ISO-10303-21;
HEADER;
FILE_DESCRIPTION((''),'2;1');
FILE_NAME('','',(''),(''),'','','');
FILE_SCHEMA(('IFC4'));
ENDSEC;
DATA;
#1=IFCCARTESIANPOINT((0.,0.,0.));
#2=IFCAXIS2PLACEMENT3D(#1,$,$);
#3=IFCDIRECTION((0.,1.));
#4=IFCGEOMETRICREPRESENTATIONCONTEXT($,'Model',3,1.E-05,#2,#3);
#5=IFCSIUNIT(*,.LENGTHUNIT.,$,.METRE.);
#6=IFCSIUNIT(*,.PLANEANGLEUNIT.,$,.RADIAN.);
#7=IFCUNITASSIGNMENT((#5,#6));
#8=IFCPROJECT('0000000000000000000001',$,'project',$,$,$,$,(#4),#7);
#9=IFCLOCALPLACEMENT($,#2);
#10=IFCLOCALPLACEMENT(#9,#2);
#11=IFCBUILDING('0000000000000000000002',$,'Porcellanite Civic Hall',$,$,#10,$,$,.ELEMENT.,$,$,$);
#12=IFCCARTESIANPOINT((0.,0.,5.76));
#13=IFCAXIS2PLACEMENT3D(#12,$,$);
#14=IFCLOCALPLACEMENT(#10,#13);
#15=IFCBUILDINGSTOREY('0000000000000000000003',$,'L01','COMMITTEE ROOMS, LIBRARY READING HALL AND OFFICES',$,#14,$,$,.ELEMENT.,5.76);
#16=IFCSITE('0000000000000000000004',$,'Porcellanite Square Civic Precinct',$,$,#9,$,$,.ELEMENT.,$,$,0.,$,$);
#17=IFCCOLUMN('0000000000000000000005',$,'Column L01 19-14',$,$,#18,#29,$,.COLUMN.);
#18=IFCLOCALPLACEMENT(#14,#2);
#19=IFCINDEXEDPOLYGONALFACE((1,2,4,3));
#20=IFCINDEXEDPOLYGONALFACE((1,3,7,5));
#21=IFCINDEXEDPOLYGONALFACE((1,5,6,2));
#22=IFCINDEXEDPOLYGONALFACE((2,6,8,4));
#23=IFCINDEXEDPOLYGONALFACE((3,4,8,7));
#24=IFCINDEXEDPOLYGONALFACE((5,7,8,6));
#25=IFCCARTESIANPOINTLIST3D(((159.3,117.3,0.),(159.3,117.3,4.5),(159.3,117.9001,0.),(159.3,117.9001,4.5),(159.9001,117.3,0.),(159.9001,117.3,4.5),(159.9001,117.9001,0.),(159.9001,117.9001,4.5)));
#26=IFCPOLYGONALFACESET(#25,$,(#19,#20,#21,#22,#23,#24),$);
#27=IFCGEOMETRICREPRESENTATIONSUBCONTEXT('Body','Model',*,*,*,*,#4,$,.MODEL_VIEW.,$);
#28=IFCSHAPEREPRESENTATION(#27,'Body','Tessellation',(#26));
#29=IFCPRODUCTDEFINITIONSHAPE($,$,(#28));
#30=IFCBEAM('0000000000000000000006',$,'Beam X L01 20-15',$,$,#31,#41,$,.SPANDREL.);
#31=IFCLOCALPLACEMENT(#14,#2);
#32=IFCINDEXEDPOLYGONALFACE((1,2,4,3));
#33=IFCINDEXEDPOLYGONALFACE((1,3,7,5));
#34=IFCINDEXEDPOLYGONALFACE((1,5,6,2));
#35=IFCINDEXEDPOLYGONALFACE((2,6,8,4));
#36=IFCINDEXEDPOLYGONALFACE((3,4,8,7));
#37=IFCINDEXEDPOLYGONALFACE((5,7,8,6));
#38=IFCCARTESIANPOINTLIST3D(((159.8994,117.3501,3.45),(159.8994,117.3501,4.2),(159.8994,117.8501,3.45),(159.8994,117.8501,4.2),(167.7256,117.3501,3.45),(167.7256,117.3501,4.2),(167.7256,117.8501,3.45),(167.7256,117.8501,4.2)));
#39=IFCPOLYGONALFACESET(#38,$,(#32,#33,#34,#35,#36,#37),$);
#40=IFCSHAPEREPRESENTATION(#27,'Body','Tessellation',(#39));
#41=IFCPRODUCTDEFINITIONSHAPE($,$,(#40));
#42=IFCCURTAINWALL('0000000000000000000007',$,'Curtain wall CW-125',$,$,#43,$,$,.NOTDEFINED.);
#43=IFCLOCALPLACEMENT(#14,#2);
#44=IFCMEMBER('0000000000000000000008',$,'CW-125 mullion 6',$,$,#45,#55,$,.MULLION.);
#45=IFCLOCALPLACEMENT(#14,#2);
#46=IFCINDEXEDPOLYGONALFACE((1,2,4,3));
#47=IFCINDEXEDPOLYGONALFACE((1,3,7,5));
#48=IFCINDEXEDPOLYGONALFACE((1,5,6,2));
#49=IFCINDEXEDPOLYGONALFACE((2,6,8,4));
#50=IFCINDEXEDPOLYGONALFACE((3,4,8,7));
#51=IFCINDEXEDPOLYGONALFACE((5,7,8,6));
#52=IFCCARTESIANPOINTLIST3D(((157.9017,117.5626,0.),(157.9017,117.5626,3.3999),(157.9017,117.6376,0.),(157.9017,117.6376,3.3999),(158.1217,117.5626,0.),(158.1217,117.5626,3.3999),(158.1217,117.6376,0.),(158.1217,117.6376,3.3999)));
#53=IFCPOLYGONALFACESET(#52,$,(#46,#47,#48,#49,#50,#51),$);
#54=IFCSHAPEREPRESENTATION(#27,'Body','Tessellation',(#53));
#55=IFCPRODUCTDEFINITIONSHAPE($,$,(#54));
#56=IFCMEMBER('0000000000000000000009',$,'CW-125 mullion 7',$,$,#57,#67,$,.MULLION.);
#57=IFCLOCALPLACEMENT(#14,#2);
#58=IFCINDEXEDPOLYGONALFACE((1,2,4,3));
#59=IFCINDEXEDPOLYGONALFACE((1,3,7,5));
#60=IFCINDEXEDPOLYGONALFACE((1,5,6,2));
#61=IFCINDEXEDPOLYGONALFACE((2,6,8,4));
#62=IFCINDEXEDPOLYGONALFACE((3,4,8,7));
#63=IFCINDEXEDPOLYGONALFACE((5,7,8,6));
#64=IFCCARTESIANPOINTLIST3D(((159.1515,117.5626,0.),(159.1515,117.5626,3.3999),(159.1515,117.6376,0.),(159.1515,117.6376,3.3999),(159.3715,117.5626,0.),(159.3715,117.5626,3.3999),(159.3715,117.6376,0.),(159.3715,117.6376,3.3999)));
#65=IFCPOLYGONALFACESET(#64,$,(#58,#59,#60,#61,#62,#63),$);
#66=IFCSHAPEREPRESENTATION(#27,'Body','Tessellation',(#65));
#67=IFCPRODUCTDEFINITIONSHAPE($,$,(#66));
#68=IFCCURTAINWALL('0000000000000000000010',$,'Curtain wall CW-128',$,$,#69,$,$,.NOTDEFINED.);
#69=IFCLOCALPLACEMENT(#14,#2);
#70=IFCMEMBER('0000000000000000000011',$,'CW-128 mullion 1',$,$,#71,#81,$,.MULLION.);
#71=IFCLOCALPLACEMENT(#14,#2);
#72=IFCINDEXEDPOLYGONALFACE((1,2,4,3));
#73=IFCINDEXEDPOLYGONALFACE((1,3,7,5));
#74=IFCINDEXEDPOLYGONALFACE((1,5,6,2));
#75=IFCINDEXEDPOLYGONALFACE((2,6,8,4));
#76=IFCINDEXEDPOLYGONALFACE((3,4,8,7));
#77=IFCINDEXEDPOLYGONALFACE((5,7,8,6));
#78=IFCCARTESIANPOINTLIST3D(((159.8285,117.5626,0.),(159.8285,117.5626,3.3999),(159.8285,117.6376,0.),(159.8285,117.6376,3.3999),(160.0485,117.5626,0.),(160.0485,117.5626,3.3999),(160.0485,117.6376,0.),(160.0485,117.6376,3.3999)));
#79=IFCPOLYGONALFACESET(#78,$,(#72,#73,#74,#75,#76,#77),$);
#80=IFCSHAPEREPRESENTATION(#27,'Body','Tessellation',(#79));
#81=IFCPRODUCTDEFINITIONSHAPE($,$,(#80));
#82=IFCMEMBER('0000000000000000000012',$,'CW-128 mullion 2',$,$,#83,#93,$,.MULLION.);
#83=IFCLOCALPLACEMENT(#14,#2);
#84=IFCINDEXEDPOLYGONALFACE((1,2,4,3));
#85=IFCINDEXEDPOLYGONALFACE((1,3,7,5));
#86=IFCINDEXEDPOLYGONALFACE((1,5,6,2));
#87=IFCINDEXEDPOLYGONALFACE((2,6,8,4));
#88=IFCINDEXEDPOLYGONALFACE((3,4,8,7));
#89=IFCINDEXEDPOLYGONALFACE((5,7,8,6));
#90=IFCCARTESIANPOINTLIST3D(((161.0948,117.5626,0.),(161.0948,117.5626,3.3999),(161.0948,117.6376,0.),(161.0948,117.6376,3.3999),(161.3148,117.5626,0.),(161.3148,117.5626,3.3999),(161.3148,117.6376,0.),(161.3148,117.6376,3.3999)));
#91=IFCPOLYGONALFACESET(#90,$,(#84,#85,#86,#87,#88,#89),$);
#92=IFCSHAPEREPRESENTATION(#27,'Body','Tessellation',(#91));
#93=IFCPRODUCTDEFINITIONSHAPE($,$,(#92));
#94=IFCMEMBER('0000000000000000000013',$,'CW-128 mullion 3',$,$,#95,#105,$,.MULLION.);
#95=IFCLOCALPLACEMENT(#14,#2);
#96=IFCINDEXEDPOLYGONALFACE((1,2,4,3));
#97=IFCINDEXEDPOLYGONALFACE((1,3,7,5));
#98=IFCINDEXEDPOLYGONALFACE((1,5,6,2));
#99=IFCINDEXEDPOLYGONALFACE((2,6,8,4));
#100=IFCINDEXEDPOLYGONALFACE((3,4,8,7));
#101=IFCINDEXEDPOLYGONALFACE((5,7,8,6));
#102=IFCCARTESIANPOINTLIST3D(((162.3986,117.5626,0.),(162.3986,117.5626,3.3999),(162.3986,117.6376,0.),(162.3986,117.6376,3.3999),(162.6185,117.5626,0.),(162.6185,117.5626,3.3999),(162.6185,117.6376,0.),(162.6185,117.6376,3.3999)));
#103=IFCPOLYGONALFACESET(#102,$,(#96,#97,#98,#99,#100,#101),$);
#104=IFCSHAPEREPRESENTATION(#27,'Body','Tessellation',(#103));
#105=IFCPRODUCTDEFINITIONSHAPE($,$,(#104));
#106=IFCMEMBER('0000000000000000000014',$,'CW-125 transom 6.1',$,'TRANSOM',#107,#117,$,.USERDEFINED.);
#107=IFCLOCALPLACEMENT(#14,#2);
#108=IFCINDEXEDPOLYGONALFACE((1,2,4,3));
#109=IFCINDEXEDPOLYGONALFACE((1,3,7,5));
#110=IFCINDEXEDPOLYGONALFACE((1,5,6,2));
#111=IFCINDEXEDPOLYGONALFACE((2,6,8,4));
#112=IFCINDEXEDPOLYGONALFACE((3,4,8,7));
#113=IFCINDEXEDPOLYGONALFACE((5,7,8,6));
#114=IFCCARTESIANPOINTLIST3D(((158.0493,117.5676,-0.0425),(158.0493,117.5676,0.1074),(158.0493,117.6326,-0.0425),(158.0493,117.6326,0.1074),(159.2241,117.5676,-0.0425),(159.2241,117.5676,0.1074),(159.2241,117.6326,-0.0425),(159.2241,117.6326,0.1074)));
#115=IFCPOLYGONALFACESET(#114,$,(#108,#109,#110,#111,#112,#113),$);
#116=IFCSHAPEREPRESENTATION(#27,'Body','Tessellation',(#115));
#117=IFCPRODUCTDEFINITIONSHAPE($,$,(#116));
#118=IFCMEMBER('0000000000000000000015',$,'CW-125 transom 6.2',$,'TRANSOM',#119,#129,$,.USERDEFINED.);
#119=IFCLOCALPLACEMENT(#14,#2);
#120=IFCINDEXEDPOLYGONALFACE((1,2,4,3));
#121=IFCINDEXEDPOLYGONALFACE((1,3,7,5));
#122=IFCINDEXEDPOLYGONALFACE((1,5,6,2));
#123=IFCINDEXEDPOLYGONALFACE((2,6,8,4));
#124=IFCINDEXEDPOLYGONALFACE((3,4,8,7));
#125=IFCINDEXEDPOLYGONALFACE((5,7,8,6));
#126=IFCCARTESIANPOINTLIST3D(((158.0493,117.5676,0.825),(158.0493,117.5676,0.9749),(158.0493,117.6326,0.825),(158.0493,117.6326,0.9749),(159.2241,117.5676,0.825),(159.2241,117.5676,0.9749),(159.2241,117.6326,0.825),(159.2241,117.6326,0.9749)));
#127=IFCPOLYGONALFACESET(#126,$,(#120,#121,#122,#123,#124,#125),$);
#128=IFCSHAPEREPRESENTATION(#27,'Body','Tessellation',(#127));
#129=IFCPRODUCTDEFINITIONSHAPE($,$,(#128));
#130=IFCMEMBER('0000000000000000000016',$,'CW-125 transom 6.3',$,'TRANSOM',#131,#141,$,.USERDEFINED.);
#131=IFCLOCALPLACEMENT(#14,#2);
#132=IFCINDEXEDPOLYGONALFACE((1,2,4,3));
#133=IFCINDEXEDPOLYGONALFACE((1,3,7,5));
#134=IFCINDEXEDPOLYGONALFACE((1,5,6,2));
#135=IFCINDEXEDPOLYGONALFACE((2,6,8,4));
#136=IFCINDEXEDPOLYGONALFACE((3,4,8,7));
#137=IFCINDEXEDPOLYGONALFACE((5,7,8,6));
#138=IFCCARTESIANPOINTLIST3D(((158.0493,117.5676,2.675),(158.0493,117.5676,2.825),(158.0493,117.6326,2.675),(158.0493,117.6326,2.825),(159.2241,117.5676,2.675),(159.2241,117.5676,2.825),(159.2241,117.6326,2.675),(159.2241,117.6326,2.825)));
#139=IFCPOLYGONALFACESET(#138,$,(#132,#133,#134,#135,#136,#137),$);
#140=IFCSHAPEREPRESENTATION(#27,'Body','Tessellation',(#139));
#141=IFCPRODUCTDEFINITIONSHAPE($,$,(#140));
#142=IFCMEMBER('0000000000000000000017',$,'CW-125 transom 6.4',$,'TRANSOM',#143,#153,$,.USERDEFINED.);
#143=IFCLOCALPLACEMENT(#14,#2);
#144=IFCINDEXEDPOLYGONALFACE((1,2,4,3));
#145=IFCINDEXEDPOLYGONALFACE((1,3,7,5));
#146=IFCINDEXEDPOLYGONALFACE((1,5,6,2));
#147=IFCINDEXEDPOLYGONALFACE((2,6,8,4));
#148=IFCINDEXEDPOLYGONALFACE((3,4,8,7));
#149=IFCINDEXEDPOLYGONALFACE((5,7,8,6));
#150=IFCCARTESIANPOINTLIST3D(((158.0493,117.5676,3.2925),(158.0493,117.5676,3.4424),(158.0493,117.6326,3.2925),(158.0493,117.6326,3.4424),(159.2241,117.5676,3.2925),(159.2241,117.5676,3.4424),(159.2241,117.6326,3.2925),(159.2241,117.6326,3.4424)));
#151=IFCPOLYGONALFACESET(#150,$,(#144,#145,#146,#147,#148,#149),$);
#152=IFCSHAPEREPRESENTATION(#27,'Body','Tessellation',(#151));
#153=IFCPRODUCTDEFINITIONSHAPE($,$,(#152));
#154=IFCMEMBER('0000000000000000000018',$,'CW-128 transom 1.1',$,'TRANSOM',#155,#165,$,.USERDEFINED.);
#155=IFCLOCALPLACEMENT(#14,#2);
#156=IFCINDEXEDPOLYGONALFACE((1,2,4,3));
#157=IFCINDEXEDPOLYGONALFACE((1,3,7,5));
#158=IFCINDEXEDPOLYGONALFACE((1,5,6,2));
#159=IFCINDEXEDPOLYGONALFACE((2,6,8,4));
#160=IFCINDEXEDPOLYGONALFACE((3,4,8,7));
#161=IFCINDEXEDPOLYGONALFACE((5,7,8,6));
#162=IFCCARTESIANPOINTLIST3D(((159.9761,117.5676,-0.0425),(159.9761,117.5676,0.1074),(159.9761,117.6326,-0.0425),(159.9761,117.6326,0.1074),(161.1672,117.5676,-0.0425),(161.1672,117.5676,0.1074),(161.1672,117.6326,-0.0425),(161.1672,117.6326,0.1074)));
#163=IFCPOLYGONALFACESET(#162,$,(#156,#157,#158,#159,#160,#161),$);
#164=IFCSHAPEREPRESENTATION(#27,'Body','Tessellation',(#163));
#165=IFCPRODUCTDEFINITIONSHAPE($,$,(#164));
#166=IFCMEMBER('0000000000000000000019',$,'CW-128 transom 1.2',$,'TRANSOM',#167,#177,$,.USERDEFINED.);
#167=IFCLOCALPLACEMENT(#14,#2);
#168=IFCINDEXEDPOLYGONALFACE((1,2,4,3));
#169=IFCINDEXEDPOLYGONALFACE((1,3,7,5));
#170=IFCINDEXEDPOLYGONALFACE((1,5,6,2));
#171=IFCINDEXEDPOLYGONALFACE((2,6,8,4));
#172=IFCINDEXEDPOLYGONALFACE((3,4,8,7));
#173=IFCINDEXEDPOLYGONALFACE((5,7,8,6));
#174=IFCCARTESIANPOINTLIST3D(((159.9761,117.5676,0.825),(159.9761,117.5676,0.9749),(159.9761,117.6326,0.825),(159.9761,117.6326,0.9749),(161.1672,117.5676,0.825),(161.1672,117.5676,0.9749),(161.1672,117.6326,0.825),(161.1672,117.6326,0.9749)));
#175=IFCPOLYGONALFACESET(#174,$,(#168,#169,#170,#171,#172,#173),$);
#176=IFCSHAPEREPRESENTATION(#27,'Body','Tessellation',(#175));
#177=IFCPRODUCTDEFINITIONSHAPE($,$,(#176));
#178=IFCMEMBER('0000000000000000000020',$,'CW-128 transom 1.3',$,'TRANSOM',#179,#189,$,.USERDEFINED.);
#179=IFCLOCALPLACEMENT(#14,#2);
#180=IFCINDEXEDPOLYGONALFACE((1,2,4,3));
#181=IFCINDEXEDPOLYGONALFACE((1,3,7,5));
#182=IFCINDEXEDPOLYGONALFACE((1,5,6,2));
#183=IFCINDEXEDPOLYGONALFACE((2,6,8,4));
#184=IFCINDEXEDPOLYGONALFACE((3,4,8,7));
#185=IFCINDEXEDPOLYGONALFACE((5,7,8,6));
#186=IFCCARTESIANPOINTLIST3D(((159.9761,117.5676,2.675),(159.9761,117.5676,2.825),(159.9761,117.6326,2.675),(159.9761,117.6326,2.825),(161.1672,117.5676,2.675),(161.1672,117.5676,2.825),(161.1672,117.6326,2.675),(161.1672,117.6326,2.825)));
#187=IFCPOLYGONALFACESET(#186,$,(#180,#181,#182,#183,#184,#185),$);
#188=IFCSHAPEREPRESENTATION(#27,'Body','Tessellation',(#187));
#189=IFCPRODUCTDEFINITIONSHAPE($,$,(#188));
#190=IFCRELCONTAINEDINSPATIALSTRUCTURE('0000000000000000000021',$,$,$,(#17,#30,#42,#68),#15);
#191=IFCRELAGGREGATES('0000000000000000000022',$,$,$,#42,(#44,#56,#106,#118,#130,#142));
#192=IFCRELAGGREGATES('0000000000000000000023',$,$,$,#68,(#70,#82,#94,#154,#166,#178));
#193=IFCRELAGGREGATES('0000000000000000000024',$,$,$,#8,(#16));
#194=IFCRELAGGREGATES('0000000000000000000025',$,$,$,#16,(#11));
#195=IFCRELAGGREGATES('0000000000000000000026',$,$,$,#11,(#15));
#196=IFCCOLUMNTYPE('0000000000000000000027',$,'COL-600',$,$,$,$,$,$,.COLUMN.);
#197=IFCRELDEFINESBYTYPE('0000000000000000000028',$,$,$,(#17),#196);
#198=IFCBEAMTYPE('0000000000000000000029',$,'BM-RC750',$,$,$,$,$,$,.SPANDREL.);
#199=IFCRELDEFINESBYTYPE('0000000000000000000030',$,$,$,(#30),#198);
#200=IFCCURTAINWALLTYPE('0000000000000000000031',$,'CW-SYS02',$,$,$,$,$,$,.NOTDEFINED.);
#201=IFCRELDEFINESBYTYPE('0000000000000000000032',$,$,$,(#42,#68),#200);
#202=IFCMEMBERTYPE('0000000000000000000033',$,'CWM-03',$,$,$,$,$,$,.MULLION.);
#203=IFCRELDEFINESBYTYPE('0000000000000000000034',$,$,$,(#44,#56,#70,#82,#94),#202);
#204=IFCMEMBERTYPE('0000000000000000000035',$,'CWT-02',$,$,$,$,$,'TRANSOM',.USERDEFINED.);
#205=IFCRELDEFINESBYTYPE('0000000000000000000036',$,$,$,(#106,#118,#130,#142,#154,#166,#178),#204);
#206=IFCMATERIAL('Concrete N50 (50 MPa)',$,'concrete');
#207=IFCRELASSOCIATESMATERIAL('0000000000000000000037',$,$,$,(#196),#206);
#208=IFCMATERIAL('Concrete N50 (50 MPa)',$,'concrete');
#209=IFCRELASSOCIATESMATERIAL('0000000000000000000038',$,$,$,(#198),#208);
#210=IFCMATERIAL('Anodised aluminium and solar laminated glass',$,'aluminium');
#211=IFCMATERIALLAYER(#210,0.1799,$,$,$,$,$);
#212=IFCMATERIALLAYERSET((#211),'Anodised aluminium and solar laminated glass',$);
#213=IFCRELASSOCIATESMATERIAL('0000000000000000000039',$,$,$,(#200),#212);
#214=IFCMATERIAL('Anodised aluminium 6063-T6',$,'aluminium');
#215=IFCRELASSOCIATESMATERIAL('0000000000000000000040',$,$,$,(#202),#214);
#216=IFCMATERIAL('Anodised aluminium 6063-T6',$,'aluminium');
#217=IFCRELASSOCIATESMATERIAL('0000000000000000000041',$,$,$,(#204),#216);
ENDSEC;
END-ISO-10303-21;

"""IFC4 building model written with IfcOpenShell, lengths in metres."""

from ifc_helpers import new_model, si_unit, direction, frame, origin, origin_2d, place, context, subcontext, project, spatial, rectangle, extrude, material, layer, layer_set, material_profile, profile_set, type_object, element, aggregate, save


model = new_model("IFC4")

# Units and contexts
model_context = context("Model", 3, precision=1e-05, world=origin(), true_north=direction((0.0, 1.0)))
body_context = subcontext(model_context, "Body", "Model", "MODEL_VIEW")
ifc_project = project(units=[si_unit("LENGTHUNIT", "METRE"), si_unit("PLANEANGLEUNIT", "RADIAN")], contexts=[model_context])

# Site, building, storey
site_placement = place(None, origin())
site = spatial("IfcSite", under=ifc_project, at=site_placement, Name="Porcellanite Square Civic Precinct", CompositionType="ELEMENT", RefElevation=0.0)
building_placement = place(site_placement, origin())
building = spatial("IfcBuilding", under=site, at=building_placement, Name="Porcellanite Civic Hall", CompositionType="ELEMENT")
storey_placement = place(building_placement, frame((0.0, 0.0, 5.76)))
storey = spatial("IfcBuildingStorey", under=building, at=storey_placement, Name="L01", Description="COMMITTEE ROOMS, LIBRARY READING HALL AND OFFICES", CompositionType="ELEMENT", Elevation=5.76)

# Column
ifc_material_1 = material(Name="Concrete N50 (50 MPa)", Category="concrete")
ifc_material_profile_1 = material_profile(ifc_material_1, rectangle(XDim=0.6001, YDim=0.6001, at=origin_2d()), Name="RC-600x600")
ifc_profile_set_1 = profile_set([ifc_material_profile_1], Name="Concrete N50 (50 MPa)")
column_type = type_object("IfcColumnType", Name="COL-600", PredefinedType="COLUMN", material=ifc_profile_set_1)
column_placement = place(storey_placement, frame((159.6001, 117.6001, 0.0), z_axis=(0.0, 0.0, 1.0), x_axis=(1.0, 0.0, 0.0)))
element("IfcColumn", 1, at=column_placement, inside=storey, type_object=column_type, Name="Column L01 19-14", PredefinedType="COLUMN", context=body_context, shape_type="SweptSolid", body=[
    extrude(rectangle(XDim=0.6001, YDim=0.6001, at=origin_2d()), origin(), (0.0, 0.0, 1.0), 4.5),
])

# Beam
ifc_material_2 = material(Name="Concrete N50 (50 MPa)", Category="concrete")
ifc_material_profile_2 = material_profile(ifc_material_2, rectangle(XDim=0.5, YDim=0.75, at=origin_2d()), Name="RC-500x750")
ifc_profile_set_2 = profile_set([ifc_material_profile_2], Name="Concrete N50 (50 MPa)")
beam_type = type_object("IfcBeamType", Name="BM-RC750", PredefinedType="SPANDREL", material=ifc_profile_set_2)
beam_placement = place(storey_placement, frame((159.8994, 117.6001, 3.825), z_axis=(1.0, 0.0, 0.0), x_axis=(0.0, 1.0, 0.0)))
element("IfcBeam", 2, at=beam_placement, inside=storey, type_object=beam_type, Name="Beam X L01 20-15", PredefinedType="SPANDREL", context=body_context, shape_type="SweptSolid", body=[
    extrude(rectangle(XDim=0.5, YDim=0.75, at=origin_2d()), origin(), (0.0, 0.0, 1.0), 7.8262),
])

# Curtain walls, members
ifc_material_3 = material(Name="Anodised aluminium and solar laminated glass", Category="aluminium")
ifc_layer_1 = layer(ifc_material_3, 0.1799)
ifc_layer_set_1 = layer_set([ifc_layer_1], Name="Anodised aluminium and solar laminated glass")
curtain_wall_type = type_object("IfcCurtainWallType", Name="CW-SYS02", PredefinedType="NOTDEFINED", material=ifc_layer_set_1)
curtain_wall_1_placement = place(storey_placement, origin())
curtain_wall_1 = element("IfcCurtainWall", 3, at=curtain_wall_1_placement, inside=storey, type_object=curtain_wall_type, Name="Curtain wall CW-125", PredefinedType="NOTDEFINED")
ifc_material_4 = material(Name="Anodised aluminium 6063-T6", Category="aluminium")
ifc_material_profile_3 = material_profile(ifc_material_4, rectangle(XDim=0.075, YDim=0.22, at=origin_2d()), Name="AL-75x220")
ifc_profile_set_3 = profile_set([ifc_material_profile_3], Name="Anodised aluminium 6063-T6")
member_type_1 = type_object("IfcMemberType", Name="CWM-03", PredefinedType="MULLION", material=ifc_profile_set_3)
member_1_placement = place(storey_placement, frame((158.0117, 117.6001, 0.0), z_axis=(0.0, 0.0, 1.0), x_axis=(0.0, 1.0, 0.0)))
member_1 = element("IfcMember", 4, at=member_1_placement, type_object=member_type_1, Name="CW-125 mullion 6", PredefinedType="MULLION", context=body_context, shape_type="SweptSolid", body=[
    extrude(rectangle(XDim=0.075, YDim=0.22, at=origin_2d()), origin(), (0.0, 0.0, 1.0), 3.3999),
])
member_2_placement = place(storey_placement, frame((159.2615, 117.6001, 0.0), z_axis=(0.0, 0.0, 1.0), x_axis=(0.0, 1.0, 0.0)))
member_2 = element("IfcMember", 5, at=member_2_placement, type_object=member_type_1, Name="CW-125 mullion 7", PredefinedType="MULLION", context=body_context, shape_type="SweptSolid", body=[
    extrude(rectangle(XDim=0.075, YDim=0.22, at=origin_2d()), origin(), (0.0, 0.0, 1.0), 3.3999),
])
curtain_wall_2_placement = place(storey_placement, origin())
curtain_wall_2 = element("IfcCurtainWall", 6, at=curtain_wall_2_placement, inside=storey, type_object=curtain_wall_type, Name="Curtain wall CW-128", PredefinedType="NOTDEFINED")
member_3_placement = place(storey_placement, frame((159.9385, 117.6001, 0.0), z_axis=(0.0, 0.0, 1.0), x_axis=(0.0, 1.0, 0.0)))
member_3 = element("IfcMember", 7, at=member_3_placement, type_object=member_type_1, Name="CW-128 mullion 1", PredefinedType="MULLION", context=body_context, shape_type="SweptSolid", body=[
    extrude(rectangle(XDim=0.075, YDim=0.22, at=origin_2d()), origin(), (0.0, 0.0, 1.0), 3.3999),
])
member_4_placement = place(storey_placement, frame((161.2048, 117.6001, 0.0), z_axis=(0.0, 0.0, 1.0), x_axis=(0.0, 1.0, 0.0)))
member_4 = element("IfcMember", 8, at=member_4_placement, type_object=member_type_1, Name="CW-128 mullion 2", PredefinedType="MULLION", context=body_context, shape_type="SweptSolid", body=[
    extrude(rectangle(XDim=0.075, YDim=0.22, at=origin_2d()), origin(), (0.0, 0.0, 1.0), 3.3999),
])
member_5_placement = place(storey_placement, frame((162.5085, 117.6001, 0.0), z_axis=(0.0, 0.0, 1.0), x_axis=(0.0, 1.0, 0.0)))
member_5 = element("IfcMember", 9, at=member_5_placement, type_object=member_type_1, Name="CW-128 mullion 3", PredefinedType="MULLION", context=body_context, shape_type="SweptSolid", body=[
    extrude(rectangle(XDim=0.075, YDim=0.22, at=origin_2d()), origin(), (0.0, 0.0, 1.0), 3.3999),
])

# Members
ifc_material_5 = material(Name="Anodised aluminium 6063-T6", Category="aluminium")
ifc_material_profile_4 = material_profile(ifc_material_5, rectangle(XDim=0.0649, YDim=0.1499, at=origin_2d()), Name="AL-65x150")
ifc_profile_set_4 = profile_set([ifc_material_profile_4], Name="Anodised aluminium 6063-T6")
member_type_2 = type_object("IfcMemberType", Name="CWT-02", ElementType="TRANSOM", PredefinedType="USERDEFINED", material=ifc_profile_set_4)
member_6_placement = place(storey_placement, frame((158.0493, 117.6001, 0.0325), z_axis=(1.0, 0.0, 0.0), x_axis=(0.0, 1.0, 0.0)))
member_6 = element("IfcMember", 10, at=member_6_placement, type_object=member_type_2, Name="CW-125 transom 6.1", ObjectType="TRANSOM", PredefinedType="USERDEFINED", context=body_context, shape_type="SweptSolid", body=[
    extrude(rectangle(XDim=0.0649, YDim=0.1499, at=origin_2d()), origin(), (0.0, 0.0, 1.0), 1.1748),
])
member_7_placement = place(storey_placement, frame((158.0493, 117.6001, 0.8999), z_axis=(1.0, 0.0, 0.0), x_axis=(0.0, 1.0, 0.0)))
member_7 = element("IfcMember", 11, at=member_7_placement, type_object=member_type_2, Name="CW-125 transom 6.2", ObjectType="TRANSOM", PredefinedType="USERDEFINED", context=body_context, shape_type="SweptSolid", body=[
    extrude(rectangle(XDim=0.0649, YDim=0.1499, at=origin_2d()), origin(), (0.0, 0.0, 1.0), 1.1748),
])
member_8_placement = place(storey_placement, frame((158.0493, 117.6001, 2.75), z_axis=(1.0, 0.0, 0.0), x_axis=(0.0, 1.0, 0.0)))
member_8 = element("IfcMember", 12, at=member_8_placement, type_object=member_type_2, Name="CW-125 transom 6.3", ObjectType="TRANSOM", PredefinedType="USERDEFINED", context=body_context, shape_type="SweptSolid", body=[
    extrude(rectangle(XDim=0.0649, YDim=0.1499, at=origin_2d()), origin(), (0.0, 0.0, 1.0), 1.1748),
])
member_9_placement = place(storey_placement, frame((158.0493, 117.6001, 3.3674), z_axis=(1.0, 0.0, 0.0), x_axis=(0.0, 1.0, 0.0)))
member_9 = element("IfcMember", 13, at=member_9_placement, type_object=member_type_2, Name="CW-125 transom 6.4", ObjectType="TRANSOM", PredefinedType="USERDEFINED", context=body_context, shape_type="SweptSolid", body=[
    extrude(rectangle(XDim=0.0649, YDim=0.1499, at=origin_2d()), origin(), (0.0, 0.0, 1.0), 1.1748),
])
member_10_placement = place(storey_placement, frame((159.9761, 117.6001, 0.0325), z_axis=(1.0, 0.0, 0.0), x_axis=(0.0, 1.0, 0.0)))
member_10 = element("IfcMember", 14, at=member_10_placement, type_object=member_type_2, Name="CW-128 transom 1.1", ObjectType="TRANSOM", PredefinedType="USERDEFINED", context=body_context, shape_type="SweptSolid", body=[
    extrude(rectangle(XDim=0.0649, YDim=0.1499, at=origin_2d()), origin(), (0.0, 0.0, 1.0), 1.1912),
])
member_11_placement = place(storey_placement, frame((159.9761, 117.6001, 0.8999), z_axis=(1.0, 0.0, 0.0), x_axis=(0.0, 1.0, 0.0)))
member_11 = element("IfcMember", 15, at=member_11_placement, type_object=member_type_2, Name="CW-128 transom 1.2", ObjectType="TRANSOM", PredefinedType="USERDEFINED", context=body_context, shape_type="SweptSolid", body=[
    extrude(rectangle(XDim=0.0649, YDim=0.1499, at=origin_2d()), origin(), (0.0, 0.0, 1.0), 1.1912),
])
member_12_placement = place(storey_placement, frame((159.9761, 117.6001, 2.75), z_axis=(1.0, 0.0, 0.0), x_axis=(0.0, 1.0, 0.0)))
member_12 = element("IfcMember", 16, at=member_12_placement, type_object=member_type_2, Name="CW-128 transom 1.3", ObjectType="TRANSOM", PredefinedType="USERDEFINED", context=body_context, shape_type="SweptSolid", body=[
    extrude(rectangle(XDim=0.0649, YDim=0.1499, at=origin_2d()), origin(), (0.0, 0.0, 1.0), 1.1912),
])

aggregate(curtain_wall_1, [member_1, member_2, member_6, member_7, member_8, member_9])
aggregate(curtain_wall_2, [member_3, member_4, member_5, member_10, member_11, member_12])

save(model, "model.ifc")
